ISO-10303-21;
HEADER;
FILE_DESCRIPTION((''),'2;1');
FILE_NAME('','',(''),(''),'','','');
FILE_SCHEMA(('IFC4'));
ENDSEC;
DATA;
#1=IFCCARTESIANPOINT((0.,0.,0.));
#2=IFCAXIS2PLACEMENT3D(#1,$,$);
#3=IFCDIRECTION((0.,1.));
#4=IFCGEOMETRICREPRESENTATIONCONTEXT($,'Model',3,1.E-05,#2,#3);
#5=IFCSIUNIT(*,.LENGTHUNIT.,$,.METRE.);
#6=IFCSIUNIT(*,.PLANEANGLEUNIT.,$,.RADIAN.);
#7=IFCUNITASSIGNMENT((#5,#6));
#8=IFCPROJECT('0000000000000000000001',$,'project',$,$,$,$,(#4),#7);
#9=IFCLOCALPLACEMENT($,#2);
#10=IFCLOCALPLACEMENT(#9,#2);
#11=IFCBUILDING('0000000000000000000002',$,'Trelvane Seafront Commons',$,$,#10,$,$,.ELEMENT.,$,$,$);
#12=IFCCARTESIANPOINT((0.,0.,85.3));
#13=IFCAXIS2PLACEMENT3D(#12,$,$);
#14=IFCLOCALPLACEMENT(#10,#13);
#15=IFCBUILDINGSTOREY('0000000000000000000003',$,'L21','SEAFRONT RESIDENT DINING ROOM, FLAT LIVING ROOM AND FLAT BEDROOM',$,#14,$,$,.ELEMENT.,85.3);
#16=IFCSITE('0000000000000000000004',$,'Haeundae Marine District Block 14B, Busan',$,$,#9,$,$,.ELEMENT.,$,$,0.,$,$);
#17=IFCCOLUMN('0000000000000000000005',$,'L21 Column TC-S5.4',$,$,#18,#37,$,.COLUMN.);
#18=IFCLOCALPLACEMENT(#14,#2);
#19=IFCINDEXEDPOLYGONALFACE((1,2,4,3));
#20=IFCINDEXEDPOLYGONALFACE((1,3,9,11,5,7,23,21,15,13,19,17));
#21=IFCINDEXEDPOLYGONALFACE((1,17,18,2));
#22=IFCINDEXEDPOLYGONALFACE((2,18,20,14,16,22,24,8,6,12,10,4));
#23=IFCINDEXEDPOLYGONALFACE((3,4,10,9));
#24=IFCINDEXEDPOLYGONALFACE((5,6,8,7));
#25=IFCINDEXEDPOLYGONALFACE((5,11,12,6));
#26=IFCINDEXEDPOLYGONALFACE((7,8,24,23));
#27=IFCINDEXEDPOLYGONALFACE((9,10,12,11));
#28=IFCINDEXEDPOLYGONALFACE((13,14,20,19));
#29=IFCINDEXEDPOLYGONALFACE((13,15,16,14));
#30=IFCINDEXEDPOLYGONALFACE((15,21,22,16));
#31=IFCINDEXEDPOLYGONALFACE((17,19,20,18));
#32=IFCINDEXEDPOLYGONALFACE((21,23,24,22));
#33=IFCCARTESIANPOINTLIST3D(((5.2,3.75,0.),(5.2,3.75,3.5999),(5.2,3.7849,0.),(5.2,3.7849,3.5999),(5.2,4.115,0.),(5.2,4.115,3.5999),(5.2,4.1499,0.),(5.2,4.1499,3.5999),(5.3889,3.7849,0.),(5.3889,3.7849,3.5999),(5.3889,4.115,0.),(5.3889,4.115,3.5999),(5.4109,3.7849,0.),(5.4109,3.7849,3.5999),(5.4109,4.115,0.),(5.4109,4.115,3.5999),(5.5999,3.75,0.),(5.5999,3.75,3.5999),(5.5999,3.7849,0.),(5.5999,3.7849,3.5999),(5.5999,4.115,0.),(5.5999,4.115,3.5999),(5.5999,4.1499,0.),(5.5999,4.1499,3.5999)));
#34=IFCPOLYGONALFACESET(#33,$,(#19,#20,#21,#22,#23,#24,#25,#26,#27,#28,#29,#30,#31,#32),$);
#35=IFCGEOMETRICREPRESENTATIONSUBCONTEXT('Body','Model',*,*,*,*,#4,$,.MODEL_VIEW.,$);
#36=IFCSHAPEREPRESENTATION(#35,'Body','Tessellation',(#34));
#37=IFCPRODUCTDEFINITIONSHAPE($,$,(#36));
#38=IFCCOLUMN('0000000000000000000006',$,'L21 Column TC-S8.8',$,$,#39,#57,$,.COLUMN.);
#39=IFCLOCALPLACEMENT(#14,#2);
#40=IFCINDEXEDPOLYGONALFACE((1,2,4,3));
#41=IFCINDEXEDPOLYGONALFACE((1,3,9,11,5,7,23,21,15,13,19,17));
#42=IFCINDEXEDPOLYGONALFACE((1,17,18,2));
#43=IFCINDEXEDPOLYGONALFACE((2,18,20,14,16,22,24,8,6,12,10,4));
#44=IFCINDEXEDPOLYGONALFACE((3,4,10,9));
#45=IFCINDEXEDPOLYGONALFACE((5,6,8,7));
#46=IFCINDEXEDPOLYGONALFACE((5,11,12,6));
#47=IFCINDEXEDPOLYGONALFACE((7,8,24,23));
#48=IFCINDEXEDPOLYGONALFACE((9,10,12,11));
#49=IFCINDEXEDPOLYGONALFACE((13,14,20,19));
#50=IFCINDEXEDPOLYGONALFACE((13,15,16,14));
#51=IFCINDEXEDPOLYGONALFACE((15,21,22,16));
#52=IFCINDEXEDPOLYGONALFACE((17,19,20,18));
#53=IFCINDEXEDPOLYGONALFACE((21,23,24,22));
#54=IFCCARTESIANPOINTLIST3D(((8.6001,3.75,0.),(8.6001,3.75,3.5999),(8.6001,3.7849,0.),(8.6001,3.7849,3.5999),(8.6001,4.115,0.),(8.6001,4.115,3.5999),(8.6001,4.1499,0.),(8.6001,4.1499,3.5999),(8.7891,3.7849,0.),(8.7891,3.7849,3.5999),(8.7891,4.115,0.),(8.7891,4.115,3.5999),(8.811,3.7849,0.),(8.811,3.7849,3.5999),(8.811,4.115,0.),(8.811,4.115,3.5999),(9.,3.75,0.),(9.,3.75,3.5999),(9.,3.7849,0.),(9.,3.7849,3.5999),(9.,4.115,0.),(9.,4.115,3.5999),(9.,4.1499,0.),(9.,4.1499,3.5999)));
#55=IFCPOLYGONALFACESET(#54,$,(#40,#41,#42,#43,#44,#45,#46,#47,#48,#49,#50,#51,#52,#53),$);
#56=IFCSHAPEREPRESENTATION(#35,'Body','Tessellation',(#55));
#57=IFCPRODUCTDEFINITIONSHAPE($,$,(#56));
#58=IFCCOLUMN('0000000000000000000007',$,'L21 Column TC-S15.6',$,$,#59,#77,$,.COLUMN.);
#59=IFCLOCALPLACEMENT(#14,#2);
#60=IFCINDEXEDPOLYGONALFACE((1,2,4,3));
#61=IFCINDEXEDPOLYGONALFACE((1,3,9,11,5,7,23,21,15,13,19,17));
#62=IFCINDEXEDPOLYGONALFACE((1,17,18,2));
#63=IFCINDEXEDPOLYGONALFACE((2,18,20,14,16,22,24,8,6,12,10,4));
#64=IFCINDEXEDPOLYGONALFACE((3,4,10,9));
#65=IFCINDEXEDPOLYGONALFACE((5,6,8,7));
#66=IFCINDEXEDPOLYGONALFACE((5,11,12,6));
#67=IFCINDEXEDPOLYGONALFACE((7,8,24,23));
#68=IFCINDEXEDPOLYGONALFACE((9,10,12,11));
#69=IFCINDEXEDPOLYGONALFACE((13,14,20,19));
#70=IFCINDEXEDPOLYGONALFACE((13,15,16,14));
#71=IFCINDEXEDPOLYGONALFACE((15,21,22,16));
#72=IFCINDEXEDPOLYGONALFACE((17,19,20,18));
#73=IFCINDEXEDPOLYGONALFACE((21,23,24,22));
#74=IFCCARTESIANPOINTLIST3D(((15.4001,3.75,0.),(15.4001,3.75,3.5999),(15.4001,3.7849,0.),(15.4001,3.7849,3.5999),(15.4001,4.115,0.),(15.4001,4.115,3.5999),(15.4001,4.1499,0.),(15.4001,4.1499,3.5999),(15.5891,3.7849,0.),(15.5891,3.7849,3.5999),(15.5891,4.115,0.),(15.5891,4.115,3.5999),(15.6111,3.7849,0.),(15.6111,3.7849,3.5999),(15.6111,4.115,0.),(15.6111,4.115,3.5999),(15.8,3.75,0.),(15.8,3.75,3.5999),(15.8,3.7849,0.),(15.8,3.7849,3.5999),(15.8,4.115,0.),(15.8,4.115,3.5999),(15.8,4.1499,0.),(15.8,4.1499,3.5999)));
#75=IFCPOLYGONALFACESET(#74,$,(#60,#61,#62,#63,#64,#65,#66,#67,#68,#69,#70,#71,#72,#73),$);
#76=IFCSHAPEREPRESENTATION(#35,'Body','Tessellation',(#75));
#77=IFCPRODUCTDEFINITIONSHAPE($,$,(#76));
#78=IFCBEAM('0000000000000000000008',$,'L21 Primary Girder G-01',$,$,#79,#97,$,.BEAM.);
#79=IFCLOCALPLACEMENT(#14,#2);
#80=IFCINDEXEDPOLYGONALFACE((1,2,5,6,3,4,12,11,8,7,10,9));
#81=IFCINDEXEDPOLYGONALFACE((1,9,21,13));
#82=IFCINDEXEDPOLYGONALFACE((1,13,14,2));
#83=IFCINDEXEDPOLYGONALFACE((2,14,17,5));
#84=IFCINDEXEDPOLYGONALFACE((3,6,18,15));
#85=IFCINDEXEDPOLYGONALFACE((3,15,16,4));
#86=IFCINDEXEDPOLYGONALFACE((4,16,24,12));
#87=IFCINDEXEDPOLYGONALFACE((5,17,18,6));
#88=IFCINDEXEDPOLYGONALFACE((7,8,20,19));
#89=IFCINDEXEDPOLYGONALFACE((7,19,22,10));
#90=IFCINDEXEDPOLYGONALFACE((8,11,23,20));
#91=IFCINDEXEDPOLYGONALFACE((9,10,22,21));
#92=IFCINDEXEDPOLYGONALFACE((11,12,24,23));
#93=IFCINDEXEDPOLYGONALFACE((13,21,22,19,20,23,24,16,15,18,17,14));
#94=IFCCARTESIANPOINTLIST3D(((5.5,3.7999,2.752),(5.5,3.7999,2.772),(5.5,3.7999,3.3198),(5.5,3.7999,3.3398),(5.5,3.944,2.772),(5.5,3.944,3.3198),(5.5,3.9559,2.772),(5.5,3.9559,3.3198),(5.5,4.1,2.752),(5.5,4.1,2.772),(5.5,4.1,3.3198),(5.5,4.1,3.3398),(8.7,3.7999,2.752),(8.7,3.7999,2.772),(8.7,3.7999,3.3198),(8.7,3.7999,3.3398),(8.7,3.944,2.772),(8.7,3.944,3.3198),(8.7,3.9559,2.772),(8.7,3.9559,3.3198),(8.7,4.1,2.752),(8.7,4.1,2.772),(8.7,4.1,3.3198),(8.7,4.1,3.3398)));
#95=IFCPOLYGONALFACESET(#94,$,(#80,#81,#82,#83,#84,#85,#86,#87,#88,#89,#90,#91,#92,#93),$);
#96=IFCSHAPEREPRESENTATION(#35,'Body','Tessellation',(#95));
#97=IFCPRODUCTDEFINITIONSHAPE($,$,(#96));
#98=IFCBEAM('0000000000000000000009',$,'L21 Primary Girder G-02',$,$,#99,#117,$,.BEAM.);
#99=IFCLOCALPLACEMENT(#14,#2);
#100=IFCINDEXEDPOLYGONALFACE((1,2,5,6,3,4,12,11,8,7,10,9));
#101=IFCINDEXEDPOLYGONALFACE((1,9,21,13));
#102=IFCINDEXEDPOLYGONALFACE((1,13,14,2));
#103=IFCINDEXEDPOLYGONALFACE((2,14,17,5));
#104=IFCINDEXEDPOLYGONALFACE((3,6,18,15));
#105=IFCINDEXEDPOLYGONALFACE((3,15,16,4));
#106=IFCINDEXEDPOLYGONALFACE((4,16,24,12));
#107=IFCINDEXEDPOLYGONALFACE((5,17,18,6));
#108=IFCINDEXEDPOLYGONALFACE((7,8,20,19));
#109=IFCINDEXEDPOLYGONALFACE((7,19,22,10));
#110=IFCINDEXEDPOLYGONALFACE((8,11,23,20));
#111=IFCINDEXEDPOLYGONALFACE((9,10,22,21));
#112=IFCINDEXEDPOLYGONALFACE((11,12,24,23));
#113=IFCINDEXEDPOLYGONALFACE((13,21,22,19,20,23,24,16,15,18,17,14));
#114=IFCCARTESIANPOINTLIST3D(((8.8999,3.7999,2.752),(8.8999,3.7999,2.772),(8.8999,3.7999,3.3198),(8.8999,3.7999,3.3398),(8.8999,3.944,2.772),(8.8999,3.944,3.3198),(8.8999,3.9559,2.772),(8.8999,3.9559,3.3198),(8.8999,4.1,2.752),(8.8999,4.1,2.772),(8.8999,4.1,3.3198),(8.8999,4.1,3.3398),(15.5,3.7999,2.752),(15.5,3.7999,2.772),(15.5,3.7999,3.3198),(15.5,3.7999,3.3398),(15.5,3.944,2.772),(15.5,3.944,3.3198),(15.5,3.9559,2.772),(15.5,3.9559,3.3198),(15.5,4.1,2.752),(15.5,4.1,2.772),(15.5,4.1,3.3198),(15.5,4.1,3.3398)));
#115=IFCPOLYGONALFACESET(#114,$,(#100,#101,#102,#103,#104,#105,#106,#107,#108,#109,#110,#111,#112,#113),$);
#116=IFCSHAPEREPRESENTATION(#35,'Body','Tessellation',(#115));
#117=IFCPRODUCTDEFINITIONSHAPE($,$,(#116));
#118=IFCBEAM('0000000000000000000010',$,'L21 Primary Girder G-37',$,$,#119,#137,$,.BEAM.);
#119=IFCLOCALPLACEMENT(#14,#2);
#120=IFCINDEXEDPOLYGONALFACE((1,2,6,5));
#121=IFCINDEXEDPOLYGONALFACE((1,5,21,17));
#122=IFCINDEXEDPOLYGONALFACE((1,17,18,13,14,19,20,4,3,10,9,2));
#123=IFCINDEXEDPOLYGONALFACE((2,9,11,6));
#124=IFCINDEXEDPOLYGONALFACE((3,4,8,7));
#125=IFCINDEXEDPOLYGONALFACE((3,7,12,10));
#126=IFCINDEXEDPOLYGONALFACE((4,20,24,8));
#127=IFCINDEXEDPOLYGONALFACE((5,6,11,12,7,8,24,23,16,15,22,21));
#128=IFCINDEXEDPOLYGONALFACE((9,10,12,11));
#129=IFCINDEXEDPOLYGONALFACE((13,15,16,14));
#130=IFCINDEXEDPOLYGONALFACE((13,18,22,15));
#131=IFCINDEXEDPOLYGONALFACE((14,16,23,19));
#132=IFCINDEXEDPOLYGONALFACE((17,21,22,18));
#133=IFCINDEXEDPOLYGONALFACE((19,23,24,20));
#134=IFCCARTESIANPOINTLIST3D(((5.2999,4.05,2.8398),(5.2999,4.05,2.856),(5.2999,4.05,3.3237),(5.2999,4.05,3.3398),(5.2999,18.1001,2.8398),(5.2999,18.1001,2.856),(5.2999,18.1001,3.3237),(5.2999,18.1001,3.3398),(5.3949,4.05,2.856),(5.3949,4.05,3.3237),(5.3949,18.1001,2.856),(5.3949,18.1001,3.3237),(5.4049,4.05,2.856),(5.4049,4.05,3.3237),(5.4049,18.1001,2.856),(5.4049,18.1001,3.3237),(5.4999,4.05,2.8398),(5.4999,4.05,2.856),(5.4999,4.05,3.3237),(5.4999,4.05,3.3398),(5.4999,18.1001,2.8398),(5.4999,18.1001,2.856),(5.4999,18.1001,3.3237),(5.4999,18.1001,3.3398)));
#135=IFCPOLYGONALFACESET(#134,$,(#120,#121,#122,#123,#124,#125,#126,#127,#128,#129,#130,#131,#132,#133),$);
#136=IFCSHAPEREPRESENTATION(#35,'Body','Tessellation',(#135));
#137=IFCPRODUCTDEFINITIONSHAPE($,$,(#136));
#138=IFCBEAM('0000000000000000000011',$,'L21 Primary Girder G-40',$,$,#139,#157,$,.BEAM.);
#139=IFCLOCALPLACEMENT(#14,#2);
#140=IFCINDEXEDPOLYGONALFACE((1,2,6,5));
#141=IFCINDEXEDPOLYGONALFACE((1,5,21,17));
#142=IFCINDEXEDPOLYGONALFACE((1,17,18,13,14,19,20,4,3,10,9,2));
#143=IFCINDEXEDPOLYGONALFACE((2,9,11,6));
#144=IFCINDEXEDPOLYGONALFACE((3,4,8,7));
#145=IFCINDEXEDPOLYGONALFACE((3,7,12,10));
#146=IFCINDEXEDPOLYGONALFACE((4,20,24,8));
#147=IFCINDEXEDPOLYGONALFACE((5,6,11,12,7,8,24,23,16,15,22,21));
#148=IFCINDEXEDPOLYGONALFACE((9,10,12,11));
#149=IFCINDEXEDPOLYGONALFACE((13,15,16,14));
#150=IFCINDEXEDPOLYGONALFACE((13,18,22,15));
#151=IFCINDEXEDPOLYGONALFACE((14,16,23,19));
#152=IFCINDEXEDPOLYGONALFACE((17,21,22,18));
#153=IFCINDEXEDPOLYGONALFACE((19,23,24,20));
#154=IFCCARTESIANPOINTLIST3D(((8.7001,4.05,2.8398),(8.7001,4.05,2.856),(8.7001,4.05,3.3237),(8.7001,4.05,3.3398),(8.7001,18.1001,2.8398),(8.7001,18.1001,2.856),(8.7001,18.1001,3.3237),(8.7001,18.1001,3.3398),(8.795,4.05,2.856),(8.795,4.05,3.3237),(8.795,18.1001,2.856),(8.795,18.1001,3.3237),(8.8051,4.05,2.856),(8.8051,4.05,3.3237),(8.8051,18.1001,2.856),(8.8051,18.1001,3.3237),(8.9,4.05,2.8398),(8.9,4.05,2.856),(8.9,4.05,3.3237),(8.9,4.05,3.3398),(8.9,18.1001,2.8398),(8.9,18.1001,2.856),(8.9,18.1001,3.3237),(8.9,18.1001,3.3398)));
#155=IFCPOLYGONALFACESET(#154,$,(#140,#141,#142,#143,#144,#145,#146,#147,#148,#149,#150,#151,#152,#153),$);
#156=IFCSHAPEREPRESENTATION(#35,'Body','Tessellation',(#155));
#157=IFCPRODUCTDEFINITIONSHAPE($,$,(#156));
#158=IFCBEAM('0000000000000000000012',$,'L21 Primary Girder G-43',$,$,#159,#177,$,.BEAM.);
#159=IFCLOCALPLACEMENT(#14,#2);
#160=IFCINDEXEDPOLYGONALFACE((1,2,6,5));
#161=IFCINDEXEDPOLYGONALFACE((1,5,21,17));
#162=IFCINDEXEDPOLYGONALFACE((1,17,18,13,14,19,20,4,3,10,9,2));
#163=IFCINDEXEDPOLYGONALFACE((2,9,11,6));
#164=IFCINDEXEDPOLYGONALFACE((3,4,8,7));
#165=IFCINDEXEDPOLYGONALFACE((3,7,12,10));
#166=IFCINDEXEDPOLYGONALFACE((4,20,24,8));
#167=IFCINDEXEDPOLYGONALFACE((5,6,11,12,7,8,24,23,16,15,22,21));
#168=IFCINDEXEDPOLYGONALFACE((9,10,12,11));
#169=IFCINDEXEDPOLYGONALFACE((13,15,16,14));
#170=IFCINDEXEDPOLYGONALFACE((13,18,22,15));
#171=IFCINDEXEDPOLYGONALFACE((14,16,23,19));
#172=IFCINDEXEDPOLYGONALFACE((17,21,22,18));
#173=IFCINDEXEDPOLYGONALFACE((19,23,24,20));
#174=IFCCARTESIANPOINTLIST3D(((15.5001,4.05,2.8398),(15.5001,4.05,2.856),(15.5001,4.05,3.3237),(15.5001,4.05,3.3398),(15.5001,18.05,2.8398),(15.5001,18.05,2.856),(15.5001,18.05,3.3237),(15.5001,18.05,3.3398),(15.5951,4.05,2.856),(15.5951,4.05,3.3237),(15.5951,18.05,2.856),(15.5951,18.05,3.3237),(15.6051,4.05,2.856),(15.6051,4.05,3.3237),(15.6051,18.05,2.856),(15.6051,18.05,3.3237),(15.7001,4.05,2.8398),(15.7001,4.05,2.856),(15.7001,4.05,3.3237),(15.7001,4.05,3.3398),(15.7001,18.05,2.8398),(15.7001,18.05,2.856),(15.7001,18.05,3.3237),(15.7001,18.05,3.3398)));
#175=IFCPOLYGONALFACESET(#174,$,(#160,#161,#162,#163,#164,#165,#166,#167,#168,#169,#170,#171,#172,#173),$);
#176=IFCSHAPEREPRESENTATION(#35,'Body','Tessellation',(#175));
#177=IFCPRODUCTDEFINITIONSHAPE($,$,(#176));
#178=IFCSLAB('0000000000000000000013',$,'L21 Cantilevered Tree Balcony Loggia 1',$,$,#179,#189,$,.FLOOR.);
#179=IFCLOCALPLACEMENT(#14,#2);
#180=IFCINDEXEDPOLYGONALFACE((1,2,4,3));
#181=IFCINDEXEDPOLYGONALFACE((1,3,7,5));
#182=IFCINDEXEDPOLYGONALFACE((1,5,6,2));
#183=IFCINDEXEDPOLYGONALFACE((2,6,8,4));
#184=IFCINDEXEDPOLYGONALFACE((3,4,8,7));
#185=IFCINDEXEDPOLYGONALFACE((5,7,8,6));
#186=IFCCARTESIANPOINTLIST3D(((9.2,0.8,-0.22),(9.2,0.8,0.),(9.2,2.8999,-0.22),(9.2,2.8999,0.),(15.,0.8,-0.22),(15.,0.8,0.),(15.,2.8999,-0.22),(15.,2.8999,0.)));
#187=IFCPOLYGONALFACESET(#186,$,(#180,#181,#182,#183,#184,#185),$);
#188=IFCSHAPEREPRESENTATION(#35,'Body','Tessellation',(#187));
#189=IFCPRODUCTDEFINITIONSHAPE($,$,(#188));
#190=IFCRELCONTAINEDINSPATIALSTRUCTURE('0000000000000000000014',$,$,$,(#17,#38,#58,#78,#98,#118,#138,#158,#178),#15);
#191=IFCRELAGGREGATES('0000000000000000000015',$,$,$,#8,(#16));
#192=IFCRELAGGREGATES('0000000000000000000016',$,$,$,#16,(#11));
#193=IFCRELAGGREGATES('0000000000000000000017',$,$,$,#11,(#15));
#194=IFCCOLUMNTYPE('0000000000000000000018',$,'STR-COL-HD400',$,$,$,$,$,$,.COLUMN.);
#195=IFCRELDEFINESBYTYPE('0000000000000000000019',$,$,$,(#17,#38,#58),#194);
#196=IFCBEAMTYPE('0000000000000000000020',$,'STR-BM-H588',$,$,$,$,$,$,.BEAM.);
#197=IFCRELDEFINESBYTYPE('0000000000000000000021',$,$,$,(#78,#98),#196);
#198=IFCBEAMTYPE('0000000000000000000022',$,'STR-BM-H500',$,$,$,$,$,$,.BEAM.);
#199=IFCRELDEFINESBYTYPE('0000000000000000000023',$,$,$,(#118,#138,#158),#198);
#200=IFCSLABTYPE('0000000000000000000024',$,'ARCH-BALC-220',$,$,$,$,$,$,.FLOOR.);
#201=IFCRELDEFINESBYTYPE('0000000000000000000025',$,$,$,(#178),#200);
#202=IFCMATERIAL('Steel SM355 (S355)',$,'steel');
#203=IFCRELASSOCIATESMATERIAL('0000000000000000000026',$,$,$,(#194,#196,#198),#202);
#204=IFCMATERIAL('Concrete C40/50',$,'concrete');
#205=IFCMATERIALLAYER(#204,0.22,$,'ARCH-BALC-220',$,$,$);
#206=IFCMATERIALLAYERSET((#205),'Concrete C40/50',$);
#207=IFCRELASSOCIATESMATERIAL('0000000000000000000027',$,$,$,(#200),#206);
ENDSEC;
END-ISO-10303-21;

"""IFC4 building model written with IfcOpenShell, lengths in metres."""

from ifc_helpers import new_model, si_unit, direction, frame, origin, origin_2d, place, context, subcontext, project, spatial, polyline, i_section, outline, extrude, source, transform, mapped, material, layer, layer_set, material_profile, profile_set, type_object, element, save


model = new_model("IFC4")

# Units and contexts
model_context = context("Model", 3, precision=1e-05, world=origin(), true_north=direction((0.0, 1.0)))
body_context = subcontext(model_context, "Body", "Model", "MODEL_VIEW")
ifc_project = project(units=[si_unit("LENGTHUNIT", "METRE"), si_unit("PLANEANGLEUNIT", "RADIAN")], contexts=[model_context])

# Site, building, storey
site_placement = place(None, origin())
site = spatial("IfcSite", under=ifc_project, at=site_placement, Name="Haeundae Marine District Block 14B, Busan", CompositionType="ELEMENT", RefElevation=0.0)
building_placement = place(site_placement, origin())
building = spatial("IfcBuilding", under=site, at=building_placement, Name="Trelvane Seafront Commons", CompositionType="ELEMENT")
storey_placement = place(building_placement, frame((0.0, 0.0, 85.3)))
storey = spatial("IfcBuildingStorey", under=building, at=storey_placement, Name="L21", Description="SEAFRONT RESIDENT DINING ROOM, FLAT LIVING ROOM AND FLAT BEDROOM", CompositionType="ELEMENT", Elevation=85.3)

# Columns
ifc_material_1 = material(Name="Steel SM355 (S355)", Category="steel")
ifc_material_profile_1 = material_profile(ifc_material_1, i_section(OverallWidth=0.3999, OverallDepth=0.3999, WebThickness=0.022, FlangeThickness=0.0349, at=origin_2d()), Name="HD-400x400x22x35")
ifc_profile_set_1 = profile_set([ifc_material_profile_1], Name="Steel SM355 (S355)")
column_type = type_object("IfcColumnType", Name="STR-COL-HD400", PredefinedType="COLUMN", material=ifc_profile_set_1)
shared_shape_1 = source(origin(), body_context, "Body", "SweptSolid", [
    extrude(i_section(OverallWidth=0.3999, OverallDepth=0.3999, WebThickness=0.022, FlangeThickness=0.0349, at=origin_2d()), origin(), (0.0, 0.0, 1.0), 3.5999),
])
for number, where, z_axis, x_axis, name in (
    (1, (5.3999, 3.95, 0.0), (0.0, 0.0, 1.0), (1.0, 0.0, 0.0), "L21 Column TC-S5.4"),
    (2, (8.8, 3.95, 0.0), (0.0, 0.0, 1.0), (1.0, 0.0, 0.0), "L21 Column TC-S8.8"),
    (3, (15.6001, 3.95, 0.0), (0.0, 0.0, 1.0), (1.0, 0.0, 0.0), "L21 Column TC-S15.6"),
):
    element("IfcColumn", number, at=place(storey_placement, frame(where, z_axis=z_axis, x_axis=x_axis)), inside=storey, type_object=column_type, Name=name, PredefinedType="COLUMN", context=body_context, shape_type="MappedRepresentation", body=[
        mapped(shared_shape_1, transform((0.0, 0.0, 0.0), x_axis=(1.0, 0.0, 0.0), y_axis=(0.0, 1.0, 0.0), z_axis=(0.0, 0.0, 1.0), scale=1.0)),
    ])

# Beams
ifc_material_profile_2 = material_profile(ifc_material_1, i_section(OverallWidth=0.3, OverallDepth=0.5879, WebThickness=0.012, FlangeThickness=0.02, at=origin_2d()), Name="H-588x300x12x20")
ifc_profile_set_2 = profile_set([ifc_material_profile_2], Name="Steel SM355 (S355)")
beam_type_1 = type_object("IfcBeamType", Name="STR-BM-H588", PredefinedType="BEAM", material=ifc_profile_set_2)
shared_shape_2 = source(origin(), body_context, "Body", "SweptSolid", [
    extrude(i_section(OverallWidth=0.3, OverallDepth=0.5879, WebThickness=0.012, FlangeThickness=0.02, at=origin_2d()), origin(), (0.0, 0.0, 1.0), 3.2),
])
beam_1_placement = place(storey_placement, frame((5.5, 3.95, 3.0459), z_axis=(1.0, 0.0, 0.0), x_axis=(0.0, 1.0, 0.0)))
element("IfcBeam", 4, at=beam_1_placement, inside=storey, type_object=beam_type_1, Name="L21 Primary Girder G-01", PredefinedType="BEAM", context=body_context, shape_type="MappedRepresentation", body=[
    mapped(shared_shape_2, transform((0.0, 0.0, 0.0), x_axis=(1.0, 0.0, 0.0), y_axis=(0.0, 1.0, 0.0), z_axis=(0.0, 0.0, 1.0), scale=1.0)),
])
shared_shape_3 = source(origin(), body_context, "Body", "SweptSolid", [
    extrude(i_section(OverallWidth=0.3, OverallDepth=0.5879, WebThickness=0.012, FlangeThickness=0.02, at=origin_2d()), origin(), (0.0, 0.0, 1.0), 6.6001),
])
beam_2_placement = place(storey_placement, frame((8.8999, 3.95, 3.0459), z_axis=(1.0, 0.0, 0.0), x_axis=(0.0, 1.0, 0.0)))
element("IfcBeam", 5, at=beam_2_placement, inside=storey, type_object=beam_type_1, Name="L21 Primary Girder G-02", PredefinedType="BEAM", context=body_context, shape_type="MappedRepresentation", body=[
    mapped(shared_shape_3, transform((0.0, 0.0, 0.0), x_axis=(1.0, 0.0, 0.0), y_axis=(0.0, 1.0, 0.0), z_axis=(0.0, 0.0, 1.0), scale=1.0)),
])
ifc_material_profile_3 = material_profile(ifc_material_1, i_section(OverallWidth=0.2, OverallDepth=0.5, WebThickness=0.01, FlangeThickness=0.0161, at=origin_2d()), Name="H-500x200x10x16")
ifc_profile_set_3 = profile_set([ifc_material_profile_3], Name="Steel SM355 (S355)")
beam_type_2 = type_object("IfcBeamType", Name="STR-BM-H500", PredefinedType="BEAM", material=ifc_profile_set_3)
shared_shape_4 = source(origin(), body_context, "Body", "SweptSolid", [
    extrude(i_section(OverallWidth=0.2, OverallDepth=0.5, WebThickness=0.01, FlangeThickness=0.0161, at=origin_2d()), origin(), (0.0, 0.0, 1.0), 14.05),
])
for number, where, z_axis, x_axis, name in (
    (6, (5.3999, 4.05, 3.0898), (0.0, 1.0, 0.0), (-1.0, 0.0, 0.0), "L21 Primary Girder G-37"),
    (7, (8.8, 4.05, 3.0898), (0.0, 1.0, 0.0), (-1.0, 0.0, 0.0), "L21 Primary Girder G-40"),
):
    element("IfcBeam", number, at=place(storey_placement, frame(where, z_axis=z_axis, x_axis=x_axis)), inside=storey, type_object=beam_type_2, Name=name, PredefinedType="BEAM", context=body_context, shape_type="MappedRepresentation", body=[
        mapped(shared_shape_4, transform((0.0, 0.0, 0.0), x_axis=(1.0, 0.0, 0.0), y_axis=(0.0, 1.0, 0.0), z_axis=(0.0, 0.0, 1.0), scale=1.0)),
    ])
shared_shape_5 = source(origin(), body_context, "Body", "SweptSolid", [
    extrude(i_section(OverallWidth=0.2, OverallDepth=0.5, WebThickness=0.01, FlangeThickness=0.0161, at=origin_2d()), origin(), (0.0, 0.0, 1.0), 14.0),
])
beam_3_placement = place(storey_placement, frame((15.6001, 4.05, 3.0898), z_axis=(0.0, 1.0, 0.0), x_axis=(-1.0, 0.0, 0.0)))
element("IfcBeam", 8, at=beam_3_placement, inside=storey, type_object=beam_type_2, Name="L21 Primary Girder G-43", PredefinedType="BEAM", context=body_context, shape_type="MappedRepresentation", body=[
    mapped(shared_shape_5, transform((0.0, 0.0, 0.0), x_axis=(1.0, 0.0, 0.0), y_axis=(0.0, 1.0, 0.0), z_axis=(0.0, 0.0, 1.0), scale=1.0)),
])

# Slab
ifc_material_2 = material(Name="Concrete C40/50", Category="concrete")
ifc_layer_1 = layer(ifc_material_2, 0.22, Name="ARCH-BALC-220")
ifc_layer_set_1 = layer_set([ifc_layer_1], Name="Concrete C40/50")
slab_type_1 = type_object("IfcSlabType", Name="ARCH-BALC-220", PredefinedType="FLOOR", material=ifc_layer_set_1)
slab_1_placement = place(storey_placement, frame((0.0, 0.0, -0.22)))
element("IfcSlab", 9, at=slab_1_placement, inside=storey, type_object=slab_type_1, Name="L21 Cantilevered Tree Balcony Loggia 1", PredefinedType="FLOOR", context=body_context, shape_type="SweptSolid", body=[
    extrude(outline(polyline([(9.2, 0.8), (15.0, 0.8), (15.0, 2.8999), (9.2, 2.8999), (9.2, 0.8)])), origin(), (0.0, 0.0, 1.0), 0.22),
])

save(model, "model.ifc")
